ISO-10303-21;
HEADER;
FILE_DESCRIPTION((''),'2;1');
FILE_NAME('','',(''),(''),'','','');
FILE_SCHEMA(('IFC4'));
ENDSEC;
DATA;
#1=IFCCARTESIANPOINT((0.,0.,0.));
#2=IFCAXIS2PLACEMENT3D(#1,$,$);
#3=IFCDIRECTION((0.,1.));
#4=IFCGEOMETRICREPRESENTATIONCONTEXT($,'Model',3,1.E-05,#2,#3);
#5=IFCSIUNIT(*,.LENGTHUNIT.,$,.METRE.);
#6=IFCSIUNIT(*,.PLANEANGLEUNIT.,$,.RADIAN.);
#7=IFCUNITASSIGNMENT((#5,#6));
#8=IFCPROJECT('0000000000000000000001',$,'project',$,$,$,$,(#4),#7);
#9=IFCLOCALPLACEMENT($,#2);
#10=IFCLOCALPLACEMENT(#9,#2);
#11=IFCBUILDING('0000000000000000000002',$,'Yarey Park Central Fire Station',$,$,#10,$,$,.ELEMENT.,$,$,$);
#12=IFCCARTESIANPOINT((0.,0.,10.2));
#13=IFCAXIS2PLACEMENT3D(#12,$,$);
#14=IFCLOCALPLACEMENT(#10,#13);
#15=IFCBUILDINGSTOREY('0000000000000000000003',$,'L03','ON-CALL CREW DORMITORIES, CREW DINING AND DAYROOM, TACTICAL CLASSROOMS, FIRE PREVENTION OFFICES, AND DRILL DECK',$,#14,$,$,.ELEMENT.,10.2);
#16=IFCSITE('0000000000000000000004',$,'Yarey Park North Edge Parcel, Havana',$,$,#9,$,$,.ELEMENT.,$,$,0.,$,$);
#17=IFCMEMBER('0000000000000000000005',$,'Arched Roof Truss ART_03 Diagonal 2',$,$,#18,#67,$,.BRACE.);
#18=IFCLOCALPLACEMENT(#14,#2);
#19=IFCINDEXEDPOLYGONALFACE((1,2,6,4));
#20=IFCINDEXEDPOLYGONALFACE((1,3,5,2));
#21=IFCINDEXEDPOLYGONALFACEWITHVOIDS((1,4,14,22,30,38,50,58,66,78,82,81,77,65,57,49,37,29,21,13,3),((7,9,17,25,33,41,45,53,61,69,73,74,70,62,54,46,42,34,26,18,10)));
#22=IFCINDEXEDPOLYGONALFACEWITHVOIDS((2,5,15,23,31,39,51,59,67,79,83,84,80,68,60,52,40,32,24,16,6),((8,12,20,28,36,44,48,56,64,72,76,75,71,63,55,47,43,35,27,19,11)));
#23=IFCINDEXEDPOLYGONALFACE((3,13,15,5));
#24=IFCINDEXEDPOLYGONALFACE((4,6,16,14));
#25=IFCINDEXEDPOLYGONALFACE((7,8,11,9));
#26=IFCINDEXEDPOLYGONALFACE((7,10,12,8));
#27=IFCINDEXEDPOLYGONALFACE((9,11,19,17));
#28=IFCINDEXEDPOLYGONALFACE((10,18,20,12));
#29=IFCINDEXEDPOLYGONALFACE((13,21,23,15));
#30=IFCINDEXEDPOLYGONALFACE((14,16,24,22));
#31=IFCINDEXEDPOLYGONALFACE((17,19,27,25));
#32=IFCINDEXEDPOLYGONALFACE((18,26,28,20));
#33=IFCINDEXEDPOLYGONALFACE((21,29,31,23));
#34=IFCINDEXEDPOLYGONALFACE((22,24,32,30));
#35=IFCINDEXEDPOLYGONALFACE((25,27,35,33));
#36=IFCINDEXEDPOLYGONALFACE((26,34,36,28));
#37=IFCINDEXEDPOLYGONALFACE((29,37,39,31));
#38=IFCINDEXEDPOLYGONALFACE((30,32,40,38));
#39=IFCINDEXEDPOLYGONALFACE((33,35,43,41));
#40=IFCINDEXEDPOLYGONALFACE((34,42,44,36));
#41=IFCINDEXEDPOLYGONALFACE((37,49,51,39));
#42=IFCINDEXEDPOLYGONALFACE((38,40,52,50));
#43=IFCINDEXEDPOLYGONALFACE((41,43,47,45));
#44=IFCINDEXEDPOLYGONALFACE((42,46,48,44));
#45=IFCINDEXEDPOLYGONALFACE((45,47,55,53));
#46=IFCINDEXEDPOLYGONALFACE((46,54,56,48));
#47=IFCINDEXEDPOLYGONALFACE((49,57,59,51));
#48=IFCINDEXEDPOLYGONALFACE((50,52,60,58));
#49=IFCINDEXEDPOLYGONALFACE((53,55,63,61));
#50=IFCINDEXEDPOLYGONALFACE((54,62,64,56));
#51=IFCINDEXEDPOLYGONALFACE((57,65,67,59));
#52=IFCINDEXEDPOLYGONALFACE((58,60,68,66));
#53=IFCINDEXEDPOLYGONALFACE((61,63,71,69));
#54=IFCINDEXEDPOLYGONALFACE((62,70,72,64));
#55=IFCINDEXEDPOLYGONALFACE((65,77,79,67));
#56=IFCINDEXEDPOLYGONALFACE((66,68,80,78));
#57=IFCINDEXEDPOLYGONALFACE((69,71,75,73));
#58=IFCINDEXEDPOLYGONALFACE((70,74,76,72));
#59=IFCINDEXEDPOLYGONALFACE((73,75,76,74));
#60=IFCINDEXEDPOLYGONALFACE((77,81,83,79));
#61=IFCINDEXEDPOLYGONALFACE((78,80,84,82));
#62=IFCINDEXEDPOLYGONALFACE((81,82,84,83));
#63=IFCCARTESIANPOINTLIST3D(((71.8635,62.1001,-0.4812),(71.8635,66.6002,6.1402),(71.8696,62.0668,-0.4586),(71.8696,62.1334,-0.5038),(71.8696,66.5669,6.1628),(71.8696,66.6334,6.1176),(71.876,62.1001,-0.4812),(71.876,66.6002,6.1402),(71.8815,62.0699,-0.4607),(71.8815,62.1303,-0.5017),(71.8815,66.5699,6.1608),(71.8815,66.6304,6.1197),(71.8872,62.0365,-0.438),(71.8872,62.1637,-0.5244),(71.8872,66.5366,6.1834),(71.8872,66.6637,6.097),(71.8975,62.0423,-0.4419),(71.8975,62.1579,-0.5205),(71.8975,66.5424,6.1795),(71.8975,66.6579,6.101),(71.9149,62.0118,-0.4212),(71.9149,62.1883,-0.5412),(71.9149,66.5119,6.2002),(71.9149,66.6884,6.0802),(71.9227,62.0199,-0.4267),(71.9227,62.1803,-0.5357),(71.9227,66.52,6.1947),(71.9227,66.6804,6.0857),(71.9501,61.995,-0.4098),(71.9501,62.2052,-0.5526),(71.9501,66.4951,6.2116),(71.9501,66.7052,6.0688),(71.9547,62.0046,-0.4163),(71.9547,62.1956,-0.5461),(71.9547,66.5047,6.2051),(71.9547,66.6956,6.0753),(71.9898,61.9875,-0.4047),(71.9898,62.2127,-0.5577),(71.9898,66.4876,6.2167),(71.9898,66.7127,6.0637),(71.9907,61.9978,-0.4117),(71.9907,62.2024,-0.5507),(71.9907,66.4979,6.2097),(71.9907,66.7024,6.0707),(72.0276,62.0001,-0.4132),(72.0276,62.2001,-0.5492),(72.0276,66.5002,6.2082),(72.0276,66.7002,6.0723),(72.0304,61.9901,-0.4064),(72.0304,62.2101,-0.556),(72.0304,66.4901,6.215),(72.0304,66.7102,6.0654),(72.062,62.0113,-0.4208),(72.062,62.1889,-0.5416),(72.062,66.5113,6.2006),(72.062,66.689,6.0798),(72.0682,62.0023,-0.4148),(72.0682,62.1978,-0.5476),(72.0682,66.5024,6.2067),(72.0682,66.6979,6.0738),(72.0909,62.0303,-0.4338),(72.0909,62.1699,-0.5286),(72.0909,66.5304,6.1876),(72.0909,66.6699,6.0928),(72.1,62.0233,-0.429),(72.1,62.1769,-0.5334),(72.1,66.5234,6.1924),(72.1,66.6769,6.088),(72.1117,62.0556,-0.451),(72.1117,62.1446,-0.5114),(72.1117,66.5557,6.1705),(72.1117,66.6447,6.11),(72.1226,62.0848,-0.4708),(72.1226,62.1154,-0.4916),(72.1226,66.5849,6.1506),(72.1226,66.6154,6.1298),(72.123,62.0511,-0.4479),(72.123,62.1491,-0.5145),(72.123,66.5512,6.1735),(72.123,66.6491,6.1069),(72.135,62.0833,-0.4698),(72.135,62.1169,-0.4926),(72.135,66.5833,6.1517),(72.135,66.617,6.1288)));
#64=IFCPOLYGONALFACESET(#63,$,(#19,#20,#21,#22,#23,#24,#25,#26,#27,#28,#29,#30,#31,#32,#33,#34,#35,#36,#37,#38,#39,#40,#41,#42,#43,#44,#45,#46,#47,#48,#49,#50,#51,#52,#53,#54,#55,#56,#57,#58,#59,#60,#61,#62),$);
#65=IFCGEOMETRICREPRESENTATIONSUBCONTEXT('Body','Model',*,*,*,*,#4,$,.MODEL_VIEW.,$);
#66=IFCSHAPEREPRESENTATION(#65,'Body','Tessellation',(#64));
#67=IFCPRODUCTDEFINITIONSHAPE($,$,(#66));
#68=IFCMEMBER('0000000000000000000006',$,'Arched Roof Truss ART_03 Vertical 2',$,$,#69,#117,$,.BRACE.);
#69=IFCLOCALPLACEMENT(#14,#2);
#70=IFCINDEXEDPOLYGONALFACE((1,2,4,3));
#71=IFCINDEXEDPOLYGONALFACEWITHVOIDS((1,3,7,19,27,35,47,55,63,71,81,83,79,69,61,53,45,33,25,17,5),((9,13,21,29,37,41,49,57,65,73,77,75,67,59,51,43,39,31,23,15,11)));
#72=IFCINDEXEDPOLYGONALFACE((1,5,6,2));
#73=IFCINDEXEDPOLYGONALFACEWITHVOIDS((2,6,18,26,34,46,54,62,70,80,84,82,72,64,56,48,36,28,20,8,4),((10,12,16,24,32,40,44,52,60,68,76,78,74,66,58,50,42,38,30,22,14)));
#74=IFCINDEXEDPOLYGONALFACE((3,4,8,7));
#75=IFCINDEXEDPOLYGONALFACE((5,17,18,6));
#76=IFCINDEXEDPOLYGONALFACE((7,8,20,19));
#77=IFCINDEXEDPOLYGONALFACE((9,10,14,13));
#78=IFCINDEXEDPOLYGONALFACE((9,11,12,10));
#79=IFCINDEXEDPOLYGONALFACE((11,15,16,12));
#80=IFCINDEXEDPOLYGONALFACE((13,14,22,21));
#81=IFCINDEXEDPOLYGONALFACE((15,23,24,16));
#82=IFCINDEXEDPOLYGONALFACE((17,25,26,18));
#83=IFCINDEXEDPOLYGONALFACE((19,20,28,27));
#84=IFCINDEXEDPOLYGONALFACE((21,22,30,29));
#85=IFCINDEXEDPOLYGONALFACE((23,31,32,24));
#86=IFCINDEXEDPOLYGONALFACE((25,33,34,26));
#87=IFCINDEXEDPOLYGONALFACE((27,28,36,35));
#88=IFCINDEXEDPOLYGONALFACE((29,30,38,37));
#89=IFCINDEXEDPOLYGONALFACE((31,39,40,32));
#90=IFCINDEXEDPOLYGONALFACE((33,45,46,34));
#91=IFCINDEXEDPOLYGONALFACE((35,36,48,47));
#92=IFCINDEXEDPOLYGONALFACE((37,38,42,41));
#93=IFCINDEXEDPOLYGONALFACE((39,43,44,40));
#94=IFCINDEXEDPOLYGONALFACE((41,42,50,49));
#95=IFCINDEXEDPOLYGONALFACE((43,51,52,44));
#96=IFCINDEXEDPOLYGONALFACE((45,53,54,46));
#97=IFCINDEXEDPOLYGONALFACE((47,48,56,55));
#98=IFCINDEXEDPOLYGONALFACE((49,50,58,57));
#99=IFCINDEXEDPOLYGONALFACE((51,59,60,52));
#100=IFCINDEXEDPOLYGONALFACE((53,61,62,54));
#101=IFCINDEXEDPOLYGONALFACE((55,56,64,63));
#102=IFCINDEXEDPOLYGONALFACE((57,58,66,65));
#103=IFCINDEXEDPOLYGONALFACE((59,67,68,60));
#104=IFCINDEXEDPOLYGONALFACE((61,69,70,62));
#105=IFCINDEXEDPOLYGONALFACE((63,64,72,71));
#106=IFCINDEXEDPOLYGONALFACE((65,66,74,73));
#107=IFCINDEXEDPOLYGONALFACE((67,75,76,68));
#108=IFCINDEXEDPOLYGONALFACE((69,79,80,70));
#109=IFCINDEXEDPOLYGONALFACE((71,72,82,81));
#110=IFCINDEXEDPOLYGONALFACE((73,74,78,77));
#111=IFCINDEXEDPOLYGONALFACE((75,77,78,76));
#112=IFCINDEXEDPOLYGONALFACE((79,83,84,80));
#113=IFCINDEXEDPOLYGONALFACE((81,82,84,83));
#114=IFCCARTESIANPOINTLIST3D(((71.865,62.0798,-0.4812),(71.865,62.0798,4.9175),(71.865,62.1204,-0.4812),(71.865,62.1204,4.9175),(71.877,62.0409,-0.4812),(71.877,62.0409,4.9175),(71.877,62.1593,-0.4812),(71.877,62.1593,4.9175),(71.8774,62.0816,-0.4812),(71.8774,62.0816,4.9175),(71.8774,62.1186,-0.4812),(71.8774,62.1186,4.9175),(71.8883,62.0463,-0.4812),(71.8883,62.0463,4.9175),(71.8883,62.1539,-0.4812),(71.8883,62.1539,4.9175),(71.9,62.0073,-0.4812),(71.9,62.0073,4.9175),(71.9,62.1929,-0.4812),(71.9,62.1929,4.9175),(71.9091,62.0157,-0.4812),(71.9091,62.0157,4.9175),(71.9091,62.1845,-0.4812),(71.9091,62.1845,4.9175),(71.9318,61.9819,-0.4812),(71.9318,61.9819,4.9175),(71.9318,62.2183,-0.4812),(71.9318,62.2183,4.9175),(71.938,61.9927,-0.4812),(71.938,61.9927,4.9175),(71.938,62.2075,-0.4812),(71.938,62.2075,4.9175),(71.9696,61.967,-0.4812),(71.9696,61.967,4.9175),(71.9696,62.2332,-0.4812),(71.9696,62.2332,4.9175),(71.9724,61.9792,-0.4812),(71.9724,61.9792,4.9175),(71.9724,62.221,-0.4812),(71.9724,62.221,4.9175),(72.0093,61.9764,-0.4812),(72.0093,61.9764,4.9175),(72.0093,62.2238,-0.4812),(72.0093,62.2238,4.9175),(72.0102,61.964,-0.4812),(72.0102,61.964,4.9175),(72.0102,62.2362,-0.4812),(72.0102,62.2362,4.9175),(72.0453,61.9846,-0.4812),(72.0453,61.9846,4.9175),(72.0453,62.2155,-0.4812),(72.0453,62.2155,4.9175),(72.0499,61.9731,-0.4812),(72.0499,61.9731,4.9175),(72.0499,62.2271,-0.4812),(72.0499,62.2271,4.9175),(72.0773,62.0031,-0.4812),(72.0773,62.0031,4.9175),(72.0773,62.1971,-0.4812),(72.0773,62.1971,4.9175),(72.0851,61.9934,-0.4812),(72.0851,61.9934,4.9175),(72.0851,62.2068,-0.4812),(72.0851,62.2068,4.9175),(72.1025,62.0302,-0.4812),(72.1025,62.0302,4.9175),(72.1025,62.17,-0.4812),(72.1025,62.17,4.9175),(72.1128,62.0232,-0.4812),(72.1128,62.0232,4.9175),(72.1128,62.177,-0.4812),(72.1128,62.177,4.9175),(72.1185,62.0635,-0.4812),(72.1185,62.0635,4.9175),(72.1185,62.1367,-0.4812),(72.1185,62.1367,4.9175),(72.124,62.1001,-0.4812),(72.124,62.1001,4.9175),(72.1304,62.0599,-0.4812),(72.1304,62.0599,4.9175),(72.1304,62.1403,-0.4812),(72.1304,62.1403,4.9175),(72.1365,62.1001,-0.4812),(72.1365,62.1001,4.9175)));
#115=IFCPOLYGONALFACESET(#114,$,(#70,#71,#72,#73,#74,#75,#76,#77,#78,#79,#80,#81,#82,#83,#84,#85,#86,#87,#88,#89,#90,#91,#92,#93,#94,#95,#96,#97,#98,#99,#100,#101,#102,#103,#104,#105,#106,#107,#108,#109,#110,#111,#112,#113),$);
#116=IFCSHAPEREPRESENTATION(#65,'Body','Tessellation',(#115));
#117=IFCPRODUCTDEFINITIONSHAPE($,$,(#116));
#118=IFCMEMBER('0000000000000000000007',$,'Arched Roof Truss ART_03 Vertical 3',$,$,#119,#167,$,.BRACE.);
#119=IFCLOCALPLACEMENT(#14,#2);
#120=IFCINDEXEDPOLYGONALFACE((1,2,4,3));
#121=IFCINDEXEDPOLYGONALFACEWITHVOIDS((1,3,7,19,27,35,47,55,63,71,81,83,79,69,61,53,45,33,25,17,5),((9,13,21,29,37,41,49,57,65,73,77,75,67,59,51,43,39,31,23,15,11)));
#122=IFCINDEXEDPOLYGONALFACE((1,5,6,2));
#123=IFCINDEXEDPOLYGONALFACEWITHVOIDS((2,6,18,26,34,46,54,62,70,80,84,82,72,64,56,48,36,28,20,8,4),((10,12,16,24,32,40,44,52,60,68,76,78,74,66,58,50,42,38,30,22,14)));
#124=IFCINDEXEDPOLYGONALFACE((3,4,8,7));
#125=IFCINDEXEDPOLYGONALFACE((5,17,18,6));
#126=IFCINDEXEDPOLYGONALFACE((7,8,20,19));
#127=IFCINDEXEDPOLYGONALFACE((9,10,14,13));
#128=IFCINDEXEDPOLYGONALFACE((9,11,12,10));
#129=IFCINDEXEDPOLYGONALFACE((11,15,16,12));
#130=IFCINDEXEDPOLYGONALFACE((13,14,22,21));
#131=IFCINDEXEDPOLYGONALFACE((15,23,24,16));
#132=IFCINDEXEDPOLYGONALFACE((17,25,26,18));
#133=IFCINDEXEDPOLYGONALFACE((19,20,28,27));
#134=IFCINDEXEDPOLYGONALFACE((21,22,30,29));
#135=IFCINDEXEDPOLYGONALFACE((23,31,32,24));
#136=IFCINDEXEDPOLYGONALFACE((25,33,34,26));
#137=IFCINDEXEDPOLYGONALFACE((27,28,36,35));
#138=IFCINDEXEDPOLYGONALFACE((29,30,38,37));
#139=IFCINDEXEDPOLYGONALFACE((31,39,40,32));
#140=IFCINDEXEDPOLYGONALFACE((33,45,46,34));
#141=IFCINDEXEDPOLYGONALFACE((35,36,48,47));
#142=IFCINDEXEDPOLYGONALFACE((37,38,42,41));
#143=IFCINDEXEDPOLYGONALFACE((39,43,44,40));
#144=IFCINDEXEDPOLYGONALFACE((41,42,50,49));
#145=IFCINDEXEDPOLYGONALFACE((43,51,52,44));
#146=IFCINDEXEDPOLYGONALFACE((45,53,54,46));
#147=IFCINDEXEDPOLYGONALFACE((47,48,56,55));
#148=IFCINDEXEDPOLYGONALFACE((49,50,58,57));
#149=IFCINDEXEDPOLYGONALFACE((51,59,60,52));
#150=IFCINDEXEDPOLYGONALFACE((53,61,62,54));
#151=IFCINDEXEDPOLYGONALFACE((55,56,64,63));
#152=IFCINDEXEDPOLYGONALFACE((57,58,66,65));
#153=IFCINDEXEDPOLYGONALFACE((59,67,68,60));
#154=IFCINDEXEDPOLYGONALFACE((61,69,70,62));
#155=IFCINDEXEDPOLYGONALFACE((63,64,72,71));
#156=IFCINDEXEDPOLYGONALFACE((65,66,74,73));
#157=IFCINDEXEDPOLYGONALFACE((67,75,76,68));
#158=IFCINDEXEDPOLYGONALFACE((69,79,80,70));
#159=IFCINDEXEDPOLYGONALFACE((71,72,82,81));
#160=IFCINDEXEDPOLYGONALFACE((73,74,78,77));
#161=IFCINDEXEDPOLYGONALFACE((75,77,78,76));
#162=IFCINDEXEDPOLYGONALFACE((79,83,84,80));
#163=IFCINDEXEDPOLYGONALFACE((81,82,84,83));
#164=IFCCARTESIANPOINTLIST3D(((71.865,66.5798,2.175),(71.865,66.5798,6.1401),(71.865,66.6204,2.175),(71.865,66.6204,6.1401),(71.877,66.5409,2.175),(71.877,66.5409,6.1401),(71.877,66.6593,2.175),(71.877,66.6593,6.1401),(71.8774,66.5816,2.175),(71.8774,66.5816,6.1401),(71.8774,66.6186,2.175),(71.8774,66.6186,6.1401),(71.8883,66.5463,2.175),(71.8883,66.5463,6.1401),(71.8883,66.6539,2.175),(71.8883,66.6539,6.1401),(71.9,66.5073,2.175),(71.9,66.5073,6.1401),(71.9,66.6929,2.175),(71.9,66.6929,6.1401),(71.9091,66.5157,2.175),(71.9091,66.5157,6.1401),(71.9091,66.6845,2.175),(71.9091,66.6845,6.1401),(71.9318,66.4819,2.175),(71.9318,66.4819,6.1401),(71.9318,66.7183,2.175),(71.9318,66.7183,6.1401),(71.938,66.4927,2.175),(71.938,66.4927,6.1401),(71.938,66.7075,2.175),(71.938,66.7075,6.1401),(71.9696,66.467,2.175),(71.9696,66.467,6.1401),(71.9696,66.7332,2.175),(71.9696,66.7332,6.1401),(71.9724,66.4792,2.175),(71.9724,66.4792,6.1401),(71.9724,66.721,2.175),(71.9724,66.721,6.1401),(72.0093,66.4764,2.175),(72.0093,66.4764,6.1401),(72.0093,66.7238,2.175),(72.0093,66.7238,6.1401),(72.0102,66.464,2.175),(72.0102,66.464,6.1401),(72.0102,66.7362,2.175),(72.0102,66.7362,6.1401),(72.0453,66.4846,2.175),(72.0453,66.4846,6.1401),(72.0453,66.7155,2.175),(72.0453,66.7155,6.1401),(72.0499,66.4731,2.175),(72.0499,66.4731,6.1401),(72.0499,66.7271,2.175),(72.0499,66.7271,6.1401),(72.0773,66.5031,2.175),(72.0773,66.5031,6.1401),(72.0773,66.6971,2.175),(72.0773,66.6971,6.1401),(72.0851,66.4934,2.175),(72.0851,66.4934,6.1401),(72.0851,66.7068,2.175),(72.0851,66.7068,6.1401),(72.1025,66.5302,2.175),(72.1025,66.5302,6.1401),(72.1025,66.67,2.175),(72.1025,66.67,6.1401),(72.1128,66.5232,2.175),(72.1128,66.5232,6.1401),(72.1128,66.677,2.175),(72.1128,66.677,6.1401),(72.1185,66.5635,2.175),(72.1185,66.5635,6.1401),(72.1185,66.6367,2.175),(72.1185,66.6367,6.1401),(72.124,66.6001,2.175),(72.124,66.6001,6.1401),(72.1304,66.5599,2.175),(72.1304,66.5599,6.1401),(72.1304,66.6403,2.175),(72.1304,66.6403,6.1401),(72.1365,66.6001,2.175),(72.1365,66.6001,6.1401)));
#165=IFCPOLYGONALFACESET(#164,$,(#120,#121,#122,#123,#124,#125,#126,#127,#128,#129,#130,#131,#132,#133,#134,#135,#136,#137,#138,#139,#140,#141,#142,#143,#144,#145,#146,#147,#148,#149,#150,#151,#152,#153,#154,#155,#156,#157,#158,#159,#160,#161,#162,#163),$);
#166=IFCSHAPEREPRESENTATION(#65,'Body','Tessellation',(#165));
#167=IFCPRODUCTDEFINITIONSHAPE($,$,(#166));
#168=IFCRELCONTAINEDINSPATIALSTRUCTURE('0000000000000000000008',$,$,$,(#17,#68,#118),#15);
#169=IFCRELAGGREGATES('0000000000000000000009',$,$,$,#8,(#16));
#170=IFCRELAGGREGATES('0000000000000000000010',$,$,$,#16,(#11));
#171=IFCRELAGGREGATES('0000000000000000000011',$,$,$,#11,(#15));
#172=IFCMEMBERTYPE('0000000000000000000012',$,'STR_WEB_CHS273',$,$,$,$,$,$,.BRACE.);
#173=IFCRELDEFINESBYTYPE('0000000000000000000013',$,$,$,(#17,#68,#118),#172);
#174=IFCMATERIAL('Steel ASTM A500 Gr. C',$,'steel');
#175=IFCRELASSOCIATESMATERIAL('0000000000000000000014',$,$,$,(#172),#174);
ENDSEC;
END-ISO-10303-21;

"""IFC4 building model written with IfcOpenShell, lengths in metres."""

from ifc_helpers import new_model, si_unit, direction, frame, origin, origin_2d, place, context, subcontext, project, spatial, hollow_circle, extrude, material, material_profile, profile_set, type_object, element, save


model = new_model("IFC4")

# Units and contexts
model_context = context("Model", 3, precision=1e-05, world=origin(), true_north=direction((0.0, 1.0)))
body_context = subcontext(model_context, "Body", "Model", "MODEL_VIEW")
ifc_project = project(units=[si_unit("LENGTHUNIT", "METRE"), si_unit("PLANEANGLEUNIT", "RADIAN")], contexts=[model_context])

# Site, building, storey
site_placement = place(None, origin())
site = spatial("IfcSite", under=ifc_project, at=site_placement, Name="Yarey Park North Edge Parcel, Havana", CompositionType="ELEMENT", RefElevation=0.0)
building_placement = place(site_placement, origin())
building = spatial("IfcBuilding", under=site, at=building_placement, Name="Yarey Park Central Fire Station", CompositionType="ELEMENT")
storey_placement = place(building_placement, frame((0.0, 0.0, 10.2)))
storey = spatial("IfcBuildingStorey", under=building, at=storey_placement, Name="L03", Description="ON-CALL CREW DORMITORIES, CREW DINING AND DAYROOM, TACTICAL CLASSROOMS, FIRE PREVENTION OFFICES, AND DRILL DECK", CompositionType="ELEMENT", Elevation=10.2)

# Members
ifc_material_1 = material(Name="Steel ASTM A500 Gr. C", Category="steel")
ifc_material_profile_1 = material_profile(ifc_material_1, hollow_circle(Radius=0.1365, WallThickness=0.0125, at=origin_2d()), Name="CHS 273x12.5")
ifc_profile_set_1 = profile_set([ifc_material_profile_1], Name="Steel ASTM A500 Gr. C")
member_type_1 = type_object("IfcMemberType", Name="STR_WEB_CHS273", PredefinedType="BRACE", material=ifc_profile_set_1)
member_1_placement = place(storey_placement, frame((72.0, 62.1001, -0.4812), z_axis=(0.0, 0.562096, 0.827072), x_axis=(-1.0, 0.0, 0.0)))
element("IfcMember", 1, at=member_1_placement, inside=storey, type_object=member_type_1, Name="Arched Roof Truss ART_03 Diagonal 2", PredefinedType="BRACE", context=body_context, shape_type="SweptSolid", body=[
    extrude(hollow_circle(Radius=0.1365, WallThickness=0.0125, at=origin_2d()), origin(), (0.0, 0.0, 1.0), 8.0059),
])
member_2_placement = place(storey_placement, frame((72.0, 62.1001, -0.4812), z_axis=(0.0, 0.0, 1.0), x_axis=(1.0, 0.0, 0.0)))
element("IfcMember", 2, at=member_2_placement, inside=storey, type_object=member_type_1, Name="Arched Roof Truss ART_03 Vertical 2", PredefinedType="BRACE", context=body_context, shape_type="SweptSolid", body=[
    extrude(hollow_circle(Radius=0.1365, WallThickness=0.0125, at=origin_2d()), origin(), (0.0, 0.0, 1.0), 5.3987),
])
member_3_placement = place(storey_placement, frame((72.0, 66.6001, 2.175), z_axis=(0.0, 0.0, 1.0), x_axis=(1.0, 0.0, 0.0)))
element("IfcMember", 3, at=member_3_placement, inside=storey, type_object=member_type_1, Name="Arched Roof Truss ART_03 Vertical 3", PredefinedType="BRACE", context=body_context, shape_type="SweptSolid", body=[
    extrude(hollow_circle(Radius=0.1365, WallThickness=0.0125, at=origin_2d()), origin(), (0.0, 0.0, 1.0), 3.9651),
])

save(model, "model.ifc")
